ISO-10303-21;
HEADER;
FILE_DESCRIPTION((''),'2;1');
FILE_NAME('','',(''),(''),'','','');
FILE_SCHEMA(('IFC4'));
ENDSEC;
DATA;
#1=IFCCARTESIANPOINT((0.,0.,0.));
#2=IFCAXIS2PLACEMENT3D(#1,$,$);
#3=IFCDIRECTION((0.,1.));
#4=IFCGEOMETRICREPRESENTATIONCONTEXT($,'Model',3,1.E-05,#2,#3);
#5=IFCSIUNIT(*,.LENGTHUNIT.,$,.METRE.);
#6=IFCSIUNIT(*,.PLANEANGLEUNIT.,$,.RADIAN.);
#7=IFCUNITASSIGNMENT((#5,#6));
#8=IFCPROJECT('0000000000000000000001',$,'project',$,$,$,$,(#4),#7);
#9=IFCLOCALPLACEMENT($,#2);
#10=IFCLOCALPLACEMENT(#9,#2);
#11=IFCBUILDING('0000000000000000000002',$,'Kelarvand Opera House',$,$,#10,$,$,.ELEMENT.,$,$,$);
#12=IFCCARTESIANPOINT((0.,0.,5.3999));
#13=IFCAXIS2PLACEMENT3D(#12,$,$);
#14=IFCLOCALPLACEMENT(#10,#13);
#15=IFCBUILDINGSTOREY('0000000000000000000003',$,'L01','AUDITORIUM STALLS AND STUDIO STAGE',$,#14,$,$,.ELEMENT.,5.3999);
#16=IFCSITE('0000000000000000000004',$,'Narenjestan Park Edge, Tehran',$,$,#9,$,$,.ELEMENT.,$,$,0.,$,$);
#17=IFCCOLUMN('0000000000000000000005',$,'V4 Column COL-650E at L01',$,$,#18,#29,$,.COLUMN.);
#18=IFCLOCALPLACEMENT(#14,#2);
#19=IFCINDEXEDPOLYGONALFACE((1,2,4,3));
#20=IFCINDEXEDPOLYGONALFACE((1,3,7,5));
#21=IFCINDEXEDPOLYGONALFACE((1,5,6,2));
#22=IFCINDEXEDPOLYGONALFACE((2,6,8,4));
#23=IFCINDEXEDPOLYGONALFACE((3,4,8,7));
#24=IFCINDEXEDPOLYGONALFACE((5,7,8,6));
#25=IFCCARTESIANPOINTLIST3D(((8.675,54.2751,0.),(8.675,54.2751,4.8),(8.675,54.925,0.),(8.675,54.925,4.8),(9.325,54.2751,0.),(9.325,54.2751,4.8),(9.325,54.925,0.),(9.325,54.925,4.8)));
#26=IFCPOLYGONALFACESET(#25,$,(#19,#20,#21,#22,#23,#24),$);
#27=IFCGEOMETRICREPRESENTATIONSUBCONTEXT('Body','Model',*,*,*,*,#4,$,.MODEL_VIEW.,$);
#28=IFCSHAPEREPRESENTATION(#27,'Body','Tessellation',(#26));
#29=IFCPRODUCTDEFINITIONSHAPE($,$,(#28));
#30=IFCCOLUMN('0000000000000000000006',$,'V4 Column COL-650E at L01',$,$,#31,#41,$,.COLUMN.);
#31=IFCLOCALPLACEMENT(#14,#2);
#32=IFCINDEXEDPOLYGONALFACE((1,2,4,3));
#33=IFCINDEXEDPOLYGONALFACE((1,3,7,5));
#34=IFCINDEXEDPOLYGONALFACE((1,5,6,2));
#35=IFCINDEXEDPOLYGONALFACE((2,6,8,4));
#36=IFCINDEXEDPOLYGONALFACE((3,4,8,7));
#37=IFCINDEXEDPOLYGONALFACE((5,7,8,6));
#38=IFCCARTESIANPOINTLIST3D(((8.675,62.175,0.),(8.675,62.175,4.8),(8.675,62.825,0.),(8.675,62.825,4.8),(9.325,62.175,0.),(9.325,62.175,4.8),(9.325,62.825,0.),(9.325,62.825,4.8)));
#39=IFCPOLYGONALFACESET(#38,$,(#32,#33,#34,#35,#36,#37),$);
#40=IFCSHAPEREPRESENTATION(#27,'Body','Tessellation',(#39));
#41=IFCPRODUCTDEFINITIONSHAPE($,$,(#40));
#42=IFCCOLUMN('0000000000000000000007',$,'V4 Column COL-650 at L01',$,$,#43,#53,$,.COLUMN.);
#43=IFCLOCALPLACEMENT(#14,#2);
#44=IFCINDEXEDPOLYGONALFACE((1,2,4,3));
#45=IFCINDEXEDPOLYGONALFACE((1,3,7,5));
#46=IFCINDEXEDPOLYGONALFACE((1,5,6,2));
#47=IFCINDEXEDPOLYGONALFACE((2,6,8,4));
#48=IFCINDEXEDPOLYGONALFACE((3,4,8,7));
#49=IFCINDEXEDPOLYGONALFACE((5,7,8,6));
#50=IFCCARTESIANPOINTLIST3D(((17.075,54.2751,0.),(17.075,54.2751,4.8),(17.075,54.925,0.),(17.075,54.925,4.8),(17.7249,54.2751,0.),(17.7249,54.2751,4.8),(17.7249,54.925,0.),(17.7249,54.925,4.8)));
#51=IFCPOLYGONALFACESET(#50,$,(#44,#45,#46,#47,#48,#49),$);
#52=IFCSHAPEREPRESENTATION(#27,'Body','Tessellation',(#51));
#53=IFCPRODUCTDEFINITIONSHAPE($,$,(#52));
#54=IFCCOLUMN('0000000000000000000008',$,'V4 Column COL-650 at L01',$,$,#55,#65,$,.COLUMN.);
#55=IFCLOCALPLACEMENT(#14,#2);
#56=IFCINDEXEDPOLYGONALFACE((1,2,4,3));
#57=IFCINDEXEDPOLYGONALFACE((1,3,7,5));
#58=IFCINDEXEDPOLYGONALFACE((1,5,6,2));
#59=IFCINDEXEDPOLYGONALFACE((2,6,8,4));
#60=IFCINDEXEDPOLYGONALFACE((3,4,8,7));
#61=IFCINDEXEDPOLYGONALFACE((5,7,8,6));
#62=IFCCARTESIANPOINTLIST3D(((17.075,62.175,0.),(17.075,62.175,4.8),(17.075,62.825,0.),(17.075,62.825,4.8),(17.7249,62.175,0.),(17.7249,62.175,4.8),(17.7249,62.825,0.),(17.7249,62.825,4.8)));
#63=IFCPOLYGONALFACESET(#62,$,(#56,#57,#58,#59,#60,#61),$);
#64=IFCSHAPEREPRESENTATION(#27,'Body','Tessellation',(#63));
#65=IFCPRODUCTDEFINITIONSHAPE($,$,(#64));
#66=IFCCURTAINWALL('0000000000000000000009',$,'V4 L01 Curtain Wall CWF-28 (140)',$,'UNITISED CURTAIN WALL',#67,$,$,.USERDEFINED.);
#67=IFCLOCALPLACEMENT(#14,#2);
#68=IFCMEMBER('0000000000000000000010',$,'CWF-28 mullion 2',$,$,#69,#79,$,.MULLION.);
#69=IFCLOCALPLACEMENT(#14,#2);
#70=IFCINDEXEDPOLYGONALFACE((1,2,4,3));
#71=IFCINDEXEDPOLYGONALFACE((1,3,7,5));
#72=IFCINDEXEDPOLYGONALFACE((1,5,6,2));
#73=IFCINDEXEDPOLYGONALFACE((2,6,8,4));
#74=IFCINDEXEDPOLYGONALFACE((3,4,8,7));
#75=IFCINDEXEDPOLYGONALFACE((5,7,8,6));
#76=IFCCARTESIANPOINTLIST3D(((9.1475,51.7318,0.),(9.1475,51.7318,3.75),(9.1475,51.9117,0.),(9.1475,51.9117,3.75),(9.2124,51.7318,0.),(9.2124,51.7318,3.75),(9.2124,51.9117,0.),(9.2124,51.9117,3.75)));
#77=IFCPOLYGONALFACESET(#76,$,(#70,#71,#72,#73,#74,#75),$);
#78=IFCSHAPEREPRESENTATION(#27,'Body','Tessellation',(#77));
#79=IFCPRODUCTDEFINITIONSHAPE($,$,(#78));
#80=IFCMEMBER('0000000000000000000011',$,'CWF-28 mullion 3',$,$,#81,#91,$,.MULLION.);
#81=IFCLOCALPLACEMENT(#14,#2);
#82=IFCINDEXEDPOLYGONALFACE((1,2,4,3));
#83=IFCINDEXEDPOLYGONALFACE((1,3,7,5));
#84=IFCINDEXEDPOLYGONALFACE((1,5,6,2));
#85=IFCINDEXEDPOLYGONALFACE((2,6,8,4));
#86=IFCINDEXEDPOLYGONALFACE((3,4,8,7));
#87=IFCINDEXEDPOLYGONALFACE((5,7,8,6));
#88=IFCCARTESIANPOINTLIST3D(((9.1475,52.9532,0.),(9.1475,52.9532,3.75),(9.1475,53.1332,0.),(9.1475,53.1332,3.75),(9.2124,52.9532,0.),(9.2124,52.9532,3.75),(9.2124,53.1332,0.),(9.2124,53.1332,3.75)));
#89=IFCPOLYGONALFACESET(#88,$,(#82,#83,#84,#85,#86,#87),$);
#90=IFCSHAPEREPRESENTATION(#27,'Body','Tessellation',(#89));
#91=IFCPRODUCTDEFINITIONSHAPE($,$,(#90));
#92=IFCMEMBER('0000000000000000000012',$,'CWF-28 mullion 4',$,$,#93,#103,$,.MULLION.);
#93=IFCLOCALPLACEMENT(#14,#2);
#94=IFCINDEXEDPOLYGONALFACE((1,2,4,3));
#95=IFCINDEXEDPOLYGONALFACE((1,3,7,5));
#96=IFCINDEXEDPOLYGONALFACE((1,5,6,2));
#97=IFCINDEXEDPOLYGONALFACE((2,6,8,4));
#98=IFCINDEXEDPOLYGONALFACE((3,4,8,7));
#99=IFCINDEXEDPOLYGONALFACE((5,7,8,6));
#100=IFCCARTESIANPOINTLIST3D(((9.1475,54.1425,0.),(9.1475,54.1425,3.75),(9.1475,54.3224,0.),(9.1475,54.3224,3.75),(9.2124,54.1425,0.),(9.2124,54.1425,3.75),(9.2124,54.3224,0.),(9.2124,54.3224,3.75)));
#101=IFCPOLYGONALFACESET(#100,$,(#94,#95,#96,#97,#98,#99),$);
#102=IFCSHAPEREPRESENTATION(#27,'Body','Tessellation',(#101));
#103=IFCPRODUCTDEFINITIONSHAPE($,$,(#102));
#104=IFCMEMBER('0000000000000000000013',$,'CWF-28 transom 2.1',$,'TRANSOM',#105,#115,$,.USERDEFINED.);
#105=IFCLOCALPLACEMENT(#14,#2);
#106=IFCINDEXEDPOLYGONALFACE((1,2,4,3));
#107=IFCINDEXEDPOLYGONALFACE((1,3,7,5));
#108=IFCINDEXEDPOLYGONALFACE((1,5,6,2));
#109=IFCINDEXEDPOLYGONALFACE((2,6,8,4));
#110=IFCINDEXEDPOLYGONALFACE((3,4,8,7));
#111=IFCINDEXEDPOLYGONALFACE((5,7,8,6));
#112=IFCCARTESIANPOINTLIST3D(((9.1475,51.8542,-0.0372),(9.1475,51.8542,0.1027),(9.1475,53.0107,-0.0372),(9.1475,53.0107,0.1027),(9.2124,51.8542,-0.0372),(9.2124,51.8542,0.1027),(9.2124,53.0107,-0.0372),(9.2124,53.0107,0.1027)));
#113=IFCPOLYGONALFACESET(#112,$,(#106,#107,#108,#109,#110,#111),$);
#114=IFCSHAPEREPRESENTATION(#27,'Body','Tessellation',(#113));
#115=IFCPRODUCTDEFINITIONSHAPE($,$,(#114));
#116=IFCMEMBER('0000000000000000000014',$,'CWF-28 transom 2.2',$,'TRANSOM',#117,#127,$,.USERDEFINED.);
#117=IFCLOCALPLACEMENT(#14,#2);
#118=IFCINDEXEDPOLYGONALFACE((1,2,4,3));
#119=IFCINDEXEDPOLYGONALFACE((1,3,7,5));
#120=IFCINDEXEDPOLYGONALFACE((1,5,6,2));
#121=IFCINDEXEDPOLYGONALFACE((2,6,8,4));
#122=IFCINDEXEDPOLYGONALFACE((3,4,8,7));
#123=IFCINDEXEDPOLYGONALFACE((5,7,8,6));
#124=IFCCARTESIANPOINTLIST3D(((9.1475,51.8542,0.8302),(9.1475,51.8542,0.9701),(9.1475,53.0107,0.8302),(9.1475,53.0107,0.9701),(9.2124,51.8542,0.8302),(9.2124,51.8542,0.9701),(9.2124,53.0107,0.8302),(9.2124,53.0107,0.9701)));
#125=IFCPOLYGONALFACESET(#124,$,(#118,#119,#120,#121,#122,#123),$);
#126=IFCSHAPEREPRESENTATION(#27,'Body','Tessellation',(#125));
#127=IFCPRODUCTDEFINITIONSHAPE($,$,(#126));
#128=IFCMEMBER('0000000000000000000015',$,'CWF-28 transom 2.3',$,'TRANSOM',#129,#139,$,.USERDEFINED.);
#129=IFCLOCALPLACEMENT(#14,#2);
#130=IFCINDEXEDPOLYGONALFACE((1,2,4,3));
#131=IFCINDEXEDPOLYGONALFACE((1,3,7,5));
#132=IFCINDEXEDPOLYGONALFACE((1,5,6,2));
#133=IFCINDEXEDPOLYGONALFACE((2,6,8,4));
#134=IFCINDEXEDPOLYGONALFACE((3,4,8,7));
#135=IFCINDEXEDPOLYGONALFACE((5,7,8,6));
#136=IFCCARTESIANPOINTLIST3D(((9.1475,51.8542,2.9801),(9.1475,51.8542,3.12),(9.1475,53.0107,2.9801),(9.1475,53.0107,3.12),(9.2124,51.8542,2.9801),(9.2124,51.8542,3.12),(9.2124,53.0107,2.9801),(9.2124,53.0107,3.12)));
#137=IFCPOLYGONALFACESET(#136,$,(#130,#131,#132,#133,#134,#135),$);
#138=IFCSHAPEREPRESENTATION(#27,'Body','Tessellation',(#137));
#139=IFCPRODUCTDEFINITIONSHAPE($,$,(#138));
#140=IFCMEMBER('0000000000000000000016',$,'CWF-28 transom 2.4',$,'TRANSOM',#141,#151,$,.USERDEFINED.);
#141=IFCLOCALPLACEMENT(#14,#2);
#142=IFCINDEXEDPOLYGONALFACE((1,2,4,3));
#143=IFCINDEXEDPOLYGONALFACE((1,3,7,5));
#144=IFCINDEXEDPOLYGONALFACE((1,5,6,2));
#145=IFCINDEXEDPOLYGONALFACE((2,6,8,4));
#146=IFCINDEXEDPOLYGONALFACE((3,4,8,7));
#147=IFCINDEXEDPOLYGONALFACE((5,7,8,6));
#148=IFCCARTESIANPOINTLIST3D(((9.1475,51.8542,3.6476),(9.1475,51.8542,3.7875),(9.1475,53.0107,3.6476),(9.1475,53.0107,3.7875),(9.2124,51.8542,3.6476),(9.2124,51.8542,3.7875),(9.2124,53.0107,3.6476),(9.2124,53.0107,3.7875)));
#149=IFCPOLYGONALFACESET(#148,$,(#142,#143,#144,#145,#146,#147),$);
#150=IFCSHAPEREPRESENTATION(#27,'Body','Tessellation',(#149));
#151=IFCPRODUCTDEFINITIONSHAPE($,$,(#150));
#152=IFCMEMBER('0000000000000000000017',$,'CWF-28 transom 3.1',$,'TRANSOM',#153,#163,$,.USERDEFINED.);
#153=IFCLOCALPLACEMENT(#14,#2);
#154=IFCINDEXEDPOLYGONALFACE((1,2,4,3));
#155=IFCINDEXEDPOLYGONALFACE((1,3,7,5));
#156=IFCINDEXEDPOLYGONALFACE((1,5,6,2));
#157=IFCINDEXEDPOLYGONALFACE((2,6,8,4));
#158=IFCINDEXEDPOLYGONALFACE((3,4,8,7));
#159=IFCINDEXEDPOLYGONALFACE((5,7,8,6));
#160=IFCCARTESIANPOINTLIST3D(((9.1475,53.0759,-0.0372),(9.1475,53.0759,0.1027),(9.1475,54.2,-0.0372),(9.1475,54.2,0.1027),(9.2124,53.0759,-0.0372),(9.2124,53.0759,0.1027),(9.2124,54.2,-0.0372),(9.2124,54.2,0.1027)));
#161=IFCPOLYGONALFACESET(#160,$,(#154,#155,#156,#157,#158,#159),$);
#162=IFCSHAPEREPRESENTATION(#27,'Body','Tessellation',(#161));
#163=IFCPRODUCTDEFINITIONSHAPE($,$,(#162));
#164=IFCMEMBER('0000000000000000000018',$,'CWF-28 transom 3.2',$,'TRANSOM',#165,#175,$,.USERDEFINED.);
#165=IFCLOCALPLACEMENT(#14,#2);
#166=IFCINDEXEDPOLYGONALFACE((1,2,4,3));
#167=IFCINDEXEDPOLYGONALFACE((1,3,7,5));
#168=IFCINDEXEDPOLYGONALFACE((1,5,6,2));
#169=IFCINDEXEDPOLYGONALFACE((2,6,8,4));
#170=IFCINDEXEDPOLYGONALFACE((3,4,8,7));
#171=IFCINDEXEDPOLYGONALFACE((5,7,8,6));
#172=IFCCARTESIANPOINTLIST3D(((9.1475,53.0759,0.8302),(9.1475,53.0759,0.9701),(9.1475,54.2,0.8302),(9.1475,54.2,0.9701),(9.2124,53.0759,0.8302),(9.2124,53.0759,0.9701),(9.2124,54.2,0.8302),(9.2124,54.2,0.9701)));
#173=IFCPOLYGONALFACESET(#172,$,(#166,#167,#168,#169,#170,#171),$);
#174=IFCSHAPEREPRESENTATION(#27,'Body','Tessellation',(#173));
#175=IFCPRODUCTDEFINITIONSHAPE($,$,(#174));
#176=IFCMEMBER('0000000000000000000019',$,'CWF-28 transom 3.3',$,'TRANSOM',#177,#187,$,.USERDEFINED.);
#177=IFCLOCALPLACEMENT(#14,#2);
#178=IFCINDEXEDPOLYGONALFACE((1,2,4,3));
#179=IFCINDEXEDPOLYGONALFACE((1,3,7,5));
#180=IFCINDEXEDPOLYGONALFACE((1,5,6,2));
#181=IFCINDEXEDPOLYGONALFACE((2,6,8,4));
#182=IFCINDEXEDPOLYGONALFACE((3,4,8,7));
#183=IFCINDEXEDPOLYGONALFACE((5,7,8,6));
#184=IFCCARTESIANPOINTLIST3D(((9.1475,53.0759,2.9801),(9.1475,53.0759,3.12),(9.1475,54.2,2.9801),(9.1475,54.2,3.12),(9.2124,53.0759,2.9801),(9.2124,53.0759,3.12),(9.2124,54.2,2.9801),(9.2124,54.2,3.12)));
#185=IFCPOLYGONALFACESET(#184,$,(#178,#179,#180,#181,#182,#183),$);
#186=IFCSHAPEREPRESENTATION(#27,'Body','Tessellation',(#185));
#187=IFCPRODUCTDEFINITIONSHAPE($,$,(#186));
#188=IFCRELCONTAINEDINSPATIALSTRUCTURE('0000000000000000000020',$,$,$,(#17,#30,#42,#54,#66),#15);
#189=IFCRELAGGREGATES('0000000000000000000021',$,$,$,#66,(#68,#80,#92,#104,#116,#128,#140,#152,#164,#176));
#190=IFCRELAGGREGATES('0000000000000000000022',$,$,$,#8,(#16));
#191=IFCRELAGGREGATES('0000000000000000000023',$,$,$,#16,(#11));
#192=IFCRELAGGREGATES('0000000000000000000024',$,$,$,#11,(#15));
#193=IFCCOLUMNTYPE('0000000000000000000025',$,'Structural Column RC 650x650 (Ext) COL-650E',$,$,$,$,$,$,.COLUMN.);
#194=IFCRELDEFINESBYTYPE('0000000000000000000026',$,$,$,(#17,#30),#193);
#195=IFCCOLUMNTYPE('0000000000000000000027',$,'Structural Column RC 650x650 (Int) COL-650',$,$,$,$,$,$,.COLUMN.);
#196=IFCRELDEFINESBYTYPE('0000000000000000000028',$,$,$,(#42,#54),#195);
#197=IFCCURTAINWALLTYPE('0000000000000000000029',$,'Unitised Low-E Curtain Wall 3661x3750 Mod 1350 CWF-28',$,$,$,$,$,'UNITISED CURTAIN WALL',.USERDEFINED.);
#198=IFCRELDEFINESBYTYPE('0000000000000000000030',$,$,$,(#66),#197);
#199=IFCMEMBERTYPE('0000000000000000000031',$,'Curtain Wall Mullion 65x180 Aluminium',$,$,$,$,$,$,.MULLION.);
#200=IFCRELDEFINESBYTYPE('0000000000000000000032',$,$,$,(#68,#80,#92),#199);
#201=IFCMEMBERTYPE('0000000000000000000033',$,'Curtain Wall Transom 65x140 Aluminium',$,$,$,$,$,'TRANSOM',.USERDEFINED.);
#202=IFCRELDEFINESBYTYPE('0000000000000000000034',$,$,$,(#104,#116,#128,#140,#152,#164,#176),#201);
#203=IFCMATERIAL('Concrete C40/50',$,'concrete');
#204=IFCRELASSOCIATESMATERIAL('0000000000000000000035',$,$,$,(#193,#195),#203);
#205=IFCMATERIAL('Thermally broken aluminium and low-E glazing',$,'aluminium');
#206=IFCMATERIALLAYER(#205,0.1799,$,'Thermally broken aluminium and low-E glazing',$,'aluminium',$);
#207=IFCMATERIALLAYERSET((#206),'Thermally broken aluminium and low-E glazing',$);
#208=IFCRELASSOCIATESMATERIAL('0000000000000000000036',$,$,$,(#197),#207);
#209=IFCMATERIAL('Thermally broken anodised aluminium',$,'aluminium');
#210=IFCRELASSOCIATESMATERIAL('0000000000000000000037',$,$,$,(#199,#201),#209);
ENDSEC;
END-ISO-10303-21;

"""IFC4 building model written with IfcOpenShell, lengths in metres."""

from ifc_helpers import new_model, si_unit, direction, frame, origin, origin_2d, place, context, subcontext, project, spatial, rectangle, extrude, material, layer, layer_set, material_profile, profile_set, type_object, element, aggregate, save


model = new_model("IFC4")

# Units and contexts
model_context = context("Model", 3, precision=1e-05, world=origin(), true_north=direction((0.0, 1.0)))
body_context = subcontext(model_context, "Body", "Model", "MODEL_VIEW")
ifc_project = project(units=[si_unit("LENGTHUNIT", "METRE"), si_unit("PLANEANGLEUNIT", "RADIAN")], contexts=[model_context])

# Site, building, storey
site_placement = place(None, origin())
site = spatial("IfcSite", under=ifc_project, at=site_placement, Name="Narenjestan Park Edge, Tehran", CompositionType="ELEMENT", RefElevation=0.0)
building_placement = place(site_placement, origin())
building = spatial("IfcBuilding", under=site, at=building_placement, Name="Kelarvand Opera House", CompositionType="ELEMENT")
storey_placement = place(building_placement, frame((0.0, 0.0, 5.3999)))
storey = spatial("IfcBuildingStorey", under=building, at=storey_placement, Name="L01", Description="AUDITORIUM STALLS AND STUDIO STAGE", CompositionType="ELEMENT", Elevation=5.3999)

# Columns
ifc_material_1 = material(Name="Concrete C40/50", Category="concrete")
ifc_material_profile_1 = material_profile(ifc_material_1, rectangle(XDim=0.6499, YDim=0.6499, at=origin_2d()), Name="RC 650x650", Category="concrete")
ifc_profile_set_1 = profile_set([ifc_material_profile_1], Name="Concrete C40/50")
column_type_1 = type_object("IfcColumnType", Name="Structural Column RC 650x650 (Ext) COL-650E", PredefinedType="COLUMN", material=ifc_profile_set_1)
for number, where, z_axis, x_axis, name in (
    (1, (9.0, 54.6001, 0.0), (0.0, 0.0, 1.0), (1.0, 0.0, 0.0), "V4 Column COL-650E at L01"),
    (2, (9.0, 62.5, 0.0), (0.0, 0.0, 1.0), (1.0, 0.0, 0.0), "V4 Column COL-650E at L01"),
):
    element("IfcColumn", number, at=place(storey_placement, frame(where, z_axis=z_axis, x_axis=x_axis)), inside=storey, type_object=column_type_1, Name=name, PredefinedType="COLUMN", context=body_context, shape_type="SweptSolid", body=[
        extrude(rectangle(XDim=0.6499, YDim=0.6499, at=origin_2d()), origin(), (0.0, 0.0, 1.0), 4.8),
    ])
ifc_material_profile_2 = material_profile(ifc_material_1, rectangle(XDim=0.6499, YDim=0.6499, at=origin_2d()), Name="RC 650x650", Category="concrete")
ifc_profile_set_2 = profile_set([ifc_material_profile_2], Name="Concrete C40/50")
column_type_2 = type_object("IfcColumnType", Name="Structural Column RC 650x650 (Int) COL-650", PredefinedType="COLUMN", material=ifc_profile_set_2)
for number, where, z_axis, x_axis, name in (
    (3, (17.3999, 54.6001, 0.0), (0.0, 0.0, 1.0), (1.0, 0.0, 0.0), "V4 Column COL-650 at L01"),
    (4, (17.3999, 62.5, 0.0), (0.0, 0.0, 1.0), (1.0, 0.0, 0.0), "V4 Column COL-650 at L01"),
):
    element("IfcColumn", number, at=place(storey_placement, frame(where, z_axis=z_axis, x_axis=x_axis)), inside=storey, type_object=column_type_2, Name=name, PredefinedType="COLUMN", context=body_context, shape_type="SweptSolid", body=[
        extrude(rectangle(XDim=0.6499, YDim=0.6499, at=origin_2d()), origin(), (0.0, 0.0, 1.0), 4.8),
    ])

# Curtain wall, members
ifc_material_2 = material(Name="Thermally broken aluminium and low-E glazing", Category="aluminium")
ifc_layer_1 = layer(ifc_material_2, 0.1799, Name="Thermally broken aluminium and low-E glazing", Category="aluminium")
ifc_layer_set_1 = layer_set([ifc_layer_1], Name="Thermally broken aluminium and low-E glazing")
curtain_wall_type = type_object("IfcCurtainWallType", Name="Unitised Low-E Curtain Wall 3661x3750 Mod 1350 CWF-28", ElementType="UNITISED CURTAIN WALL", PredefinedType="USERDEFINED", material=ifc_layer_set_1)
curtain_wall_placement = place(storey_placement, origin())
curtain_wall = element("IfcCurtainWall", 5, at=curtain_wall_placement, inside=storey, type_object=curtain_wall_type, Name="V4 L01 Curtain Wall CWF-28 (140)", ObjectType="UNITISED CURTAIN WALL", PredefinedType="USERDEFINED")
ifc_material_3 = material(Name="Thermally broken anodised aluminium", Category="aluminium")
ifc_material_profile_3 = material_profile(ifc_material_3, rectangle(XDim=0.0649, YDim=0.1799, at=origin_2d()), Name="ALU MULLION 65x180", Category="aluminium")
ifc_profile_set_3 = profile_set([ifc_material_profile_3], Name="Thermally broken anodised aluminium")
member_type_1 = type_object("IfcMemberType", Name="Curtain Wall Mullion 65x180 Aluminium", PredefinedType="MULLION", material=ifc_profile_set_3)
member_1_placement = place(storey_placement, frame((9.1799, 51.8218, 0.0), z_axis=(0.0, 0.0, 1.0), x_axis=(-1.0, 0.0, 0.0)))
member_1 = element("IfcMember", 6, at=member_1_placement, type_object=member_type_1, Name="CWF-28 mullion 2", PredefinedType="MULLION", context=body_context, shape_type="SweptSolid", body=[
    extrude(rectangle(XDim=0.0649, YDim=0.1799, at=origin_2d()), origin(), (0.0, 0.0, 1.0), 3.75),
])
member_2_placement = place(storey_placement, frame((9.1799, 53.0432, 0.0), z_axis=(0.0, 0.0, 1.0), x_axis=(-1.0, 0.0, 0.0)))
member_2 = element("IfcMember", 7, at=member_2_placement, type_object=member_type_1, Name="CWF-28 mullion 3", PredefinedType="MULLION", context=body_context, shape_type="SweptSolid", body=[
    extrude(rectangle(XDim=0.0649, YDim=0.1799, at=origin_2d()), origin(), (0.0, 0.0, 1.0), 3.75),
])
member_3_placement = place(storey_placement, frame((9.1799, 54.2324, 0.0), z_axis=(0.0, 0.0, 1.0), x_axis=(-1.0, 0.0, 0.0)))
member_3 = element("IfcMember", 8, at=member_3_placement, type_object=member_type_1, Name="CWF-28 mullion 4", PredefinedType="MULLION", context=body_context, shape_type="SweptSolid", body=[
    extrude(rectangle(XDim=0.0649, YDim=0.1799, at=origin_2d()), origin(), (0.0, 0.0, 1.0), 3.75),
])
ifc_material_profile_4 = material_profile(ifc_material_3, rectangle(XDim=0.0649, YDim=0.1399, at=origin_2d()), Name="ALU TRANSOM 65x140", Category="aluminium")
ifc_profile_set_4 = profile_set([ifc_material_profile_4], Name="Thermally broken anodised aluminium")
member_type_2 = type_object("IfcMemberType", Name="Curtain Wall Transom 65x140 Aluminium", ElementType="TRANSOM", PredefinedType="USERDEFINED", material=ifc_profile_set_4)
member_4_placement = place(storey_placement, frame((9.1799, 51.8542, 0.0327), z_axis=(0.0, 1.0, 0.0), x_axis=(-1.0, 0.0, 0.0)))
member_4 = element("IfcMember", 9, at=member_4_placement, type_object=member_type_2, Name="CWF-28 transom 2.1", ObjectType="TRANSOM", PredefinedType="USERDEFINED", context=body_context, shape_type="SweptSolid", body=[
    extrude(rectangle(XDim=0.0649, YDim=0.1399, at=origin_2d()), origin(), (0.0, 0.0, 1.0), 1.1565),
])
member_5_placement = place(storey_placement, frame((9.1799, 51.8542, 0.9001), z_axis=(0.0, 1.0, 0.0), x_axis=(-1.0, 0.0, 0.0)))
member_5 = element("IfcMember", 10, at=member_5_placement, type_object=member_type_2, Name="CWF-28 transom 2.2", ObjectType="TRANSOM", PredefinedType="USERDEFINED", context=body_context, shape_type="SweptSolid", body=[
    extrude(rectangle(XDim=0.0649, YDim=0.1399, at=origin_2d()), origin(), (0.0, 0.0, 1.0), 1.1565),
])
member_6_placement = place(storey_placement, frame((9.1799, 51.8542, 3.05), z_axis=(0.0, 1.0, 0.0), x_axis=(-1.0, 0.0, 0.0)))
member_6 = element("IfcMember", 11, at=member_6_placement, type_object=member_type_2, Name="CWF-28 transom 2.3", ObjectType="TRANSOM", PredefinedType="USERDEFINED", context=body_context, shape_type="SweptSolid", body=[
    extrude(rectangle(XDim=0.0649, YDim=0.1399, at=origin_2d()), origin(), (0.0, 0.0, 1.0), 1.1565),
])
member_7_placement = place(storey_placement, frame((9.1799, 51.8542, 3.7175), z_axis=(0.0, 1.0, 0.0), x_axis=(-1.0, 0.0, 0.0)))
member_7 = element("IfcMember", 12, at=member_7_placement, type_object=member_type_2, Name="CWF-28 transom 2.4", ObjectType="TRANSOM", PredefinedType="USERDEFINED", context=body_context, shape_type="SweptSolid", body=[
    extrude(rectangle(XDim=0.0649, YDim=0.1399, at=origin_2d()), origin(), (0.0, 0.0, 1.0), 1.1565),
])
member_8_placement = place(storey_placement, frame((9.1799, 53.0759, 0.0327), z_axis=(0.0, 1.0, 0.0), x_axis=(-1.0, 0.0, 0.0)))
member_8 = element("IfcMember", 13, at=member_8_placement, type_object=member_type_2, Name="CWF-28 transom 3.1", ObjectType="TRANSOM", PredefinedType="USERDEFINED", context=body_context, shape_type="SweptSolid", body=[
    extrude(rectangle(XDim=0.0649, YDim=0.1399, at=origin_2d()), origin(), (0.0, 0.0, 1.0), 1.124),
])
member_9_placement = place(storey_placement, frame((9.1799, 53.0759, 0.9001), z_axis=(0.0, 1.0, 0.0), x_axis=(-1.0, 0.0, 0.0)))
member_9 = element("IfcMember", 14, at=member_9_placement, type_object=member_type_2, Name="CWF-28 transom 3.2", ObjectType="TRANSOM", PredefinedType="USERDEFINED", context=body_context, shape_type="SweptSolid", body=[
    extrude(rectangle(XDim=0.0649, YDim=0.1399, at=origin_2d()), origin(), (0.0, 0.0, 1.0), 1.124),
])
member_10_placement = place(storey_placement, frame((9.1799, 53.0759, 3.05), z_axis=(0.0, 1.0, 0.0), x_axis=(-1.0, 0.0, 0.0)))
member_10 = element("IfcMember", 15, at=member_10_placement, type_object=member_type_2, Name="CWF-28 transom 3.3", ObjectType="TRANSOM", PredefinedType="USERDEFINED", context=body_context, shape_type="SweptSolid", body=[
    extrude(rectangle(XDim=0.0649, YDim=0.1399, at=origin_2d()), origin(), (0.0, 0.0, 1.0), 1.124),
])

aggregate(curtain_wall, [member_1, member_2, member_3, member_4, member_5, member_6, member_7, member_8, member_9, member_10])

save(model, "model.ifc")
